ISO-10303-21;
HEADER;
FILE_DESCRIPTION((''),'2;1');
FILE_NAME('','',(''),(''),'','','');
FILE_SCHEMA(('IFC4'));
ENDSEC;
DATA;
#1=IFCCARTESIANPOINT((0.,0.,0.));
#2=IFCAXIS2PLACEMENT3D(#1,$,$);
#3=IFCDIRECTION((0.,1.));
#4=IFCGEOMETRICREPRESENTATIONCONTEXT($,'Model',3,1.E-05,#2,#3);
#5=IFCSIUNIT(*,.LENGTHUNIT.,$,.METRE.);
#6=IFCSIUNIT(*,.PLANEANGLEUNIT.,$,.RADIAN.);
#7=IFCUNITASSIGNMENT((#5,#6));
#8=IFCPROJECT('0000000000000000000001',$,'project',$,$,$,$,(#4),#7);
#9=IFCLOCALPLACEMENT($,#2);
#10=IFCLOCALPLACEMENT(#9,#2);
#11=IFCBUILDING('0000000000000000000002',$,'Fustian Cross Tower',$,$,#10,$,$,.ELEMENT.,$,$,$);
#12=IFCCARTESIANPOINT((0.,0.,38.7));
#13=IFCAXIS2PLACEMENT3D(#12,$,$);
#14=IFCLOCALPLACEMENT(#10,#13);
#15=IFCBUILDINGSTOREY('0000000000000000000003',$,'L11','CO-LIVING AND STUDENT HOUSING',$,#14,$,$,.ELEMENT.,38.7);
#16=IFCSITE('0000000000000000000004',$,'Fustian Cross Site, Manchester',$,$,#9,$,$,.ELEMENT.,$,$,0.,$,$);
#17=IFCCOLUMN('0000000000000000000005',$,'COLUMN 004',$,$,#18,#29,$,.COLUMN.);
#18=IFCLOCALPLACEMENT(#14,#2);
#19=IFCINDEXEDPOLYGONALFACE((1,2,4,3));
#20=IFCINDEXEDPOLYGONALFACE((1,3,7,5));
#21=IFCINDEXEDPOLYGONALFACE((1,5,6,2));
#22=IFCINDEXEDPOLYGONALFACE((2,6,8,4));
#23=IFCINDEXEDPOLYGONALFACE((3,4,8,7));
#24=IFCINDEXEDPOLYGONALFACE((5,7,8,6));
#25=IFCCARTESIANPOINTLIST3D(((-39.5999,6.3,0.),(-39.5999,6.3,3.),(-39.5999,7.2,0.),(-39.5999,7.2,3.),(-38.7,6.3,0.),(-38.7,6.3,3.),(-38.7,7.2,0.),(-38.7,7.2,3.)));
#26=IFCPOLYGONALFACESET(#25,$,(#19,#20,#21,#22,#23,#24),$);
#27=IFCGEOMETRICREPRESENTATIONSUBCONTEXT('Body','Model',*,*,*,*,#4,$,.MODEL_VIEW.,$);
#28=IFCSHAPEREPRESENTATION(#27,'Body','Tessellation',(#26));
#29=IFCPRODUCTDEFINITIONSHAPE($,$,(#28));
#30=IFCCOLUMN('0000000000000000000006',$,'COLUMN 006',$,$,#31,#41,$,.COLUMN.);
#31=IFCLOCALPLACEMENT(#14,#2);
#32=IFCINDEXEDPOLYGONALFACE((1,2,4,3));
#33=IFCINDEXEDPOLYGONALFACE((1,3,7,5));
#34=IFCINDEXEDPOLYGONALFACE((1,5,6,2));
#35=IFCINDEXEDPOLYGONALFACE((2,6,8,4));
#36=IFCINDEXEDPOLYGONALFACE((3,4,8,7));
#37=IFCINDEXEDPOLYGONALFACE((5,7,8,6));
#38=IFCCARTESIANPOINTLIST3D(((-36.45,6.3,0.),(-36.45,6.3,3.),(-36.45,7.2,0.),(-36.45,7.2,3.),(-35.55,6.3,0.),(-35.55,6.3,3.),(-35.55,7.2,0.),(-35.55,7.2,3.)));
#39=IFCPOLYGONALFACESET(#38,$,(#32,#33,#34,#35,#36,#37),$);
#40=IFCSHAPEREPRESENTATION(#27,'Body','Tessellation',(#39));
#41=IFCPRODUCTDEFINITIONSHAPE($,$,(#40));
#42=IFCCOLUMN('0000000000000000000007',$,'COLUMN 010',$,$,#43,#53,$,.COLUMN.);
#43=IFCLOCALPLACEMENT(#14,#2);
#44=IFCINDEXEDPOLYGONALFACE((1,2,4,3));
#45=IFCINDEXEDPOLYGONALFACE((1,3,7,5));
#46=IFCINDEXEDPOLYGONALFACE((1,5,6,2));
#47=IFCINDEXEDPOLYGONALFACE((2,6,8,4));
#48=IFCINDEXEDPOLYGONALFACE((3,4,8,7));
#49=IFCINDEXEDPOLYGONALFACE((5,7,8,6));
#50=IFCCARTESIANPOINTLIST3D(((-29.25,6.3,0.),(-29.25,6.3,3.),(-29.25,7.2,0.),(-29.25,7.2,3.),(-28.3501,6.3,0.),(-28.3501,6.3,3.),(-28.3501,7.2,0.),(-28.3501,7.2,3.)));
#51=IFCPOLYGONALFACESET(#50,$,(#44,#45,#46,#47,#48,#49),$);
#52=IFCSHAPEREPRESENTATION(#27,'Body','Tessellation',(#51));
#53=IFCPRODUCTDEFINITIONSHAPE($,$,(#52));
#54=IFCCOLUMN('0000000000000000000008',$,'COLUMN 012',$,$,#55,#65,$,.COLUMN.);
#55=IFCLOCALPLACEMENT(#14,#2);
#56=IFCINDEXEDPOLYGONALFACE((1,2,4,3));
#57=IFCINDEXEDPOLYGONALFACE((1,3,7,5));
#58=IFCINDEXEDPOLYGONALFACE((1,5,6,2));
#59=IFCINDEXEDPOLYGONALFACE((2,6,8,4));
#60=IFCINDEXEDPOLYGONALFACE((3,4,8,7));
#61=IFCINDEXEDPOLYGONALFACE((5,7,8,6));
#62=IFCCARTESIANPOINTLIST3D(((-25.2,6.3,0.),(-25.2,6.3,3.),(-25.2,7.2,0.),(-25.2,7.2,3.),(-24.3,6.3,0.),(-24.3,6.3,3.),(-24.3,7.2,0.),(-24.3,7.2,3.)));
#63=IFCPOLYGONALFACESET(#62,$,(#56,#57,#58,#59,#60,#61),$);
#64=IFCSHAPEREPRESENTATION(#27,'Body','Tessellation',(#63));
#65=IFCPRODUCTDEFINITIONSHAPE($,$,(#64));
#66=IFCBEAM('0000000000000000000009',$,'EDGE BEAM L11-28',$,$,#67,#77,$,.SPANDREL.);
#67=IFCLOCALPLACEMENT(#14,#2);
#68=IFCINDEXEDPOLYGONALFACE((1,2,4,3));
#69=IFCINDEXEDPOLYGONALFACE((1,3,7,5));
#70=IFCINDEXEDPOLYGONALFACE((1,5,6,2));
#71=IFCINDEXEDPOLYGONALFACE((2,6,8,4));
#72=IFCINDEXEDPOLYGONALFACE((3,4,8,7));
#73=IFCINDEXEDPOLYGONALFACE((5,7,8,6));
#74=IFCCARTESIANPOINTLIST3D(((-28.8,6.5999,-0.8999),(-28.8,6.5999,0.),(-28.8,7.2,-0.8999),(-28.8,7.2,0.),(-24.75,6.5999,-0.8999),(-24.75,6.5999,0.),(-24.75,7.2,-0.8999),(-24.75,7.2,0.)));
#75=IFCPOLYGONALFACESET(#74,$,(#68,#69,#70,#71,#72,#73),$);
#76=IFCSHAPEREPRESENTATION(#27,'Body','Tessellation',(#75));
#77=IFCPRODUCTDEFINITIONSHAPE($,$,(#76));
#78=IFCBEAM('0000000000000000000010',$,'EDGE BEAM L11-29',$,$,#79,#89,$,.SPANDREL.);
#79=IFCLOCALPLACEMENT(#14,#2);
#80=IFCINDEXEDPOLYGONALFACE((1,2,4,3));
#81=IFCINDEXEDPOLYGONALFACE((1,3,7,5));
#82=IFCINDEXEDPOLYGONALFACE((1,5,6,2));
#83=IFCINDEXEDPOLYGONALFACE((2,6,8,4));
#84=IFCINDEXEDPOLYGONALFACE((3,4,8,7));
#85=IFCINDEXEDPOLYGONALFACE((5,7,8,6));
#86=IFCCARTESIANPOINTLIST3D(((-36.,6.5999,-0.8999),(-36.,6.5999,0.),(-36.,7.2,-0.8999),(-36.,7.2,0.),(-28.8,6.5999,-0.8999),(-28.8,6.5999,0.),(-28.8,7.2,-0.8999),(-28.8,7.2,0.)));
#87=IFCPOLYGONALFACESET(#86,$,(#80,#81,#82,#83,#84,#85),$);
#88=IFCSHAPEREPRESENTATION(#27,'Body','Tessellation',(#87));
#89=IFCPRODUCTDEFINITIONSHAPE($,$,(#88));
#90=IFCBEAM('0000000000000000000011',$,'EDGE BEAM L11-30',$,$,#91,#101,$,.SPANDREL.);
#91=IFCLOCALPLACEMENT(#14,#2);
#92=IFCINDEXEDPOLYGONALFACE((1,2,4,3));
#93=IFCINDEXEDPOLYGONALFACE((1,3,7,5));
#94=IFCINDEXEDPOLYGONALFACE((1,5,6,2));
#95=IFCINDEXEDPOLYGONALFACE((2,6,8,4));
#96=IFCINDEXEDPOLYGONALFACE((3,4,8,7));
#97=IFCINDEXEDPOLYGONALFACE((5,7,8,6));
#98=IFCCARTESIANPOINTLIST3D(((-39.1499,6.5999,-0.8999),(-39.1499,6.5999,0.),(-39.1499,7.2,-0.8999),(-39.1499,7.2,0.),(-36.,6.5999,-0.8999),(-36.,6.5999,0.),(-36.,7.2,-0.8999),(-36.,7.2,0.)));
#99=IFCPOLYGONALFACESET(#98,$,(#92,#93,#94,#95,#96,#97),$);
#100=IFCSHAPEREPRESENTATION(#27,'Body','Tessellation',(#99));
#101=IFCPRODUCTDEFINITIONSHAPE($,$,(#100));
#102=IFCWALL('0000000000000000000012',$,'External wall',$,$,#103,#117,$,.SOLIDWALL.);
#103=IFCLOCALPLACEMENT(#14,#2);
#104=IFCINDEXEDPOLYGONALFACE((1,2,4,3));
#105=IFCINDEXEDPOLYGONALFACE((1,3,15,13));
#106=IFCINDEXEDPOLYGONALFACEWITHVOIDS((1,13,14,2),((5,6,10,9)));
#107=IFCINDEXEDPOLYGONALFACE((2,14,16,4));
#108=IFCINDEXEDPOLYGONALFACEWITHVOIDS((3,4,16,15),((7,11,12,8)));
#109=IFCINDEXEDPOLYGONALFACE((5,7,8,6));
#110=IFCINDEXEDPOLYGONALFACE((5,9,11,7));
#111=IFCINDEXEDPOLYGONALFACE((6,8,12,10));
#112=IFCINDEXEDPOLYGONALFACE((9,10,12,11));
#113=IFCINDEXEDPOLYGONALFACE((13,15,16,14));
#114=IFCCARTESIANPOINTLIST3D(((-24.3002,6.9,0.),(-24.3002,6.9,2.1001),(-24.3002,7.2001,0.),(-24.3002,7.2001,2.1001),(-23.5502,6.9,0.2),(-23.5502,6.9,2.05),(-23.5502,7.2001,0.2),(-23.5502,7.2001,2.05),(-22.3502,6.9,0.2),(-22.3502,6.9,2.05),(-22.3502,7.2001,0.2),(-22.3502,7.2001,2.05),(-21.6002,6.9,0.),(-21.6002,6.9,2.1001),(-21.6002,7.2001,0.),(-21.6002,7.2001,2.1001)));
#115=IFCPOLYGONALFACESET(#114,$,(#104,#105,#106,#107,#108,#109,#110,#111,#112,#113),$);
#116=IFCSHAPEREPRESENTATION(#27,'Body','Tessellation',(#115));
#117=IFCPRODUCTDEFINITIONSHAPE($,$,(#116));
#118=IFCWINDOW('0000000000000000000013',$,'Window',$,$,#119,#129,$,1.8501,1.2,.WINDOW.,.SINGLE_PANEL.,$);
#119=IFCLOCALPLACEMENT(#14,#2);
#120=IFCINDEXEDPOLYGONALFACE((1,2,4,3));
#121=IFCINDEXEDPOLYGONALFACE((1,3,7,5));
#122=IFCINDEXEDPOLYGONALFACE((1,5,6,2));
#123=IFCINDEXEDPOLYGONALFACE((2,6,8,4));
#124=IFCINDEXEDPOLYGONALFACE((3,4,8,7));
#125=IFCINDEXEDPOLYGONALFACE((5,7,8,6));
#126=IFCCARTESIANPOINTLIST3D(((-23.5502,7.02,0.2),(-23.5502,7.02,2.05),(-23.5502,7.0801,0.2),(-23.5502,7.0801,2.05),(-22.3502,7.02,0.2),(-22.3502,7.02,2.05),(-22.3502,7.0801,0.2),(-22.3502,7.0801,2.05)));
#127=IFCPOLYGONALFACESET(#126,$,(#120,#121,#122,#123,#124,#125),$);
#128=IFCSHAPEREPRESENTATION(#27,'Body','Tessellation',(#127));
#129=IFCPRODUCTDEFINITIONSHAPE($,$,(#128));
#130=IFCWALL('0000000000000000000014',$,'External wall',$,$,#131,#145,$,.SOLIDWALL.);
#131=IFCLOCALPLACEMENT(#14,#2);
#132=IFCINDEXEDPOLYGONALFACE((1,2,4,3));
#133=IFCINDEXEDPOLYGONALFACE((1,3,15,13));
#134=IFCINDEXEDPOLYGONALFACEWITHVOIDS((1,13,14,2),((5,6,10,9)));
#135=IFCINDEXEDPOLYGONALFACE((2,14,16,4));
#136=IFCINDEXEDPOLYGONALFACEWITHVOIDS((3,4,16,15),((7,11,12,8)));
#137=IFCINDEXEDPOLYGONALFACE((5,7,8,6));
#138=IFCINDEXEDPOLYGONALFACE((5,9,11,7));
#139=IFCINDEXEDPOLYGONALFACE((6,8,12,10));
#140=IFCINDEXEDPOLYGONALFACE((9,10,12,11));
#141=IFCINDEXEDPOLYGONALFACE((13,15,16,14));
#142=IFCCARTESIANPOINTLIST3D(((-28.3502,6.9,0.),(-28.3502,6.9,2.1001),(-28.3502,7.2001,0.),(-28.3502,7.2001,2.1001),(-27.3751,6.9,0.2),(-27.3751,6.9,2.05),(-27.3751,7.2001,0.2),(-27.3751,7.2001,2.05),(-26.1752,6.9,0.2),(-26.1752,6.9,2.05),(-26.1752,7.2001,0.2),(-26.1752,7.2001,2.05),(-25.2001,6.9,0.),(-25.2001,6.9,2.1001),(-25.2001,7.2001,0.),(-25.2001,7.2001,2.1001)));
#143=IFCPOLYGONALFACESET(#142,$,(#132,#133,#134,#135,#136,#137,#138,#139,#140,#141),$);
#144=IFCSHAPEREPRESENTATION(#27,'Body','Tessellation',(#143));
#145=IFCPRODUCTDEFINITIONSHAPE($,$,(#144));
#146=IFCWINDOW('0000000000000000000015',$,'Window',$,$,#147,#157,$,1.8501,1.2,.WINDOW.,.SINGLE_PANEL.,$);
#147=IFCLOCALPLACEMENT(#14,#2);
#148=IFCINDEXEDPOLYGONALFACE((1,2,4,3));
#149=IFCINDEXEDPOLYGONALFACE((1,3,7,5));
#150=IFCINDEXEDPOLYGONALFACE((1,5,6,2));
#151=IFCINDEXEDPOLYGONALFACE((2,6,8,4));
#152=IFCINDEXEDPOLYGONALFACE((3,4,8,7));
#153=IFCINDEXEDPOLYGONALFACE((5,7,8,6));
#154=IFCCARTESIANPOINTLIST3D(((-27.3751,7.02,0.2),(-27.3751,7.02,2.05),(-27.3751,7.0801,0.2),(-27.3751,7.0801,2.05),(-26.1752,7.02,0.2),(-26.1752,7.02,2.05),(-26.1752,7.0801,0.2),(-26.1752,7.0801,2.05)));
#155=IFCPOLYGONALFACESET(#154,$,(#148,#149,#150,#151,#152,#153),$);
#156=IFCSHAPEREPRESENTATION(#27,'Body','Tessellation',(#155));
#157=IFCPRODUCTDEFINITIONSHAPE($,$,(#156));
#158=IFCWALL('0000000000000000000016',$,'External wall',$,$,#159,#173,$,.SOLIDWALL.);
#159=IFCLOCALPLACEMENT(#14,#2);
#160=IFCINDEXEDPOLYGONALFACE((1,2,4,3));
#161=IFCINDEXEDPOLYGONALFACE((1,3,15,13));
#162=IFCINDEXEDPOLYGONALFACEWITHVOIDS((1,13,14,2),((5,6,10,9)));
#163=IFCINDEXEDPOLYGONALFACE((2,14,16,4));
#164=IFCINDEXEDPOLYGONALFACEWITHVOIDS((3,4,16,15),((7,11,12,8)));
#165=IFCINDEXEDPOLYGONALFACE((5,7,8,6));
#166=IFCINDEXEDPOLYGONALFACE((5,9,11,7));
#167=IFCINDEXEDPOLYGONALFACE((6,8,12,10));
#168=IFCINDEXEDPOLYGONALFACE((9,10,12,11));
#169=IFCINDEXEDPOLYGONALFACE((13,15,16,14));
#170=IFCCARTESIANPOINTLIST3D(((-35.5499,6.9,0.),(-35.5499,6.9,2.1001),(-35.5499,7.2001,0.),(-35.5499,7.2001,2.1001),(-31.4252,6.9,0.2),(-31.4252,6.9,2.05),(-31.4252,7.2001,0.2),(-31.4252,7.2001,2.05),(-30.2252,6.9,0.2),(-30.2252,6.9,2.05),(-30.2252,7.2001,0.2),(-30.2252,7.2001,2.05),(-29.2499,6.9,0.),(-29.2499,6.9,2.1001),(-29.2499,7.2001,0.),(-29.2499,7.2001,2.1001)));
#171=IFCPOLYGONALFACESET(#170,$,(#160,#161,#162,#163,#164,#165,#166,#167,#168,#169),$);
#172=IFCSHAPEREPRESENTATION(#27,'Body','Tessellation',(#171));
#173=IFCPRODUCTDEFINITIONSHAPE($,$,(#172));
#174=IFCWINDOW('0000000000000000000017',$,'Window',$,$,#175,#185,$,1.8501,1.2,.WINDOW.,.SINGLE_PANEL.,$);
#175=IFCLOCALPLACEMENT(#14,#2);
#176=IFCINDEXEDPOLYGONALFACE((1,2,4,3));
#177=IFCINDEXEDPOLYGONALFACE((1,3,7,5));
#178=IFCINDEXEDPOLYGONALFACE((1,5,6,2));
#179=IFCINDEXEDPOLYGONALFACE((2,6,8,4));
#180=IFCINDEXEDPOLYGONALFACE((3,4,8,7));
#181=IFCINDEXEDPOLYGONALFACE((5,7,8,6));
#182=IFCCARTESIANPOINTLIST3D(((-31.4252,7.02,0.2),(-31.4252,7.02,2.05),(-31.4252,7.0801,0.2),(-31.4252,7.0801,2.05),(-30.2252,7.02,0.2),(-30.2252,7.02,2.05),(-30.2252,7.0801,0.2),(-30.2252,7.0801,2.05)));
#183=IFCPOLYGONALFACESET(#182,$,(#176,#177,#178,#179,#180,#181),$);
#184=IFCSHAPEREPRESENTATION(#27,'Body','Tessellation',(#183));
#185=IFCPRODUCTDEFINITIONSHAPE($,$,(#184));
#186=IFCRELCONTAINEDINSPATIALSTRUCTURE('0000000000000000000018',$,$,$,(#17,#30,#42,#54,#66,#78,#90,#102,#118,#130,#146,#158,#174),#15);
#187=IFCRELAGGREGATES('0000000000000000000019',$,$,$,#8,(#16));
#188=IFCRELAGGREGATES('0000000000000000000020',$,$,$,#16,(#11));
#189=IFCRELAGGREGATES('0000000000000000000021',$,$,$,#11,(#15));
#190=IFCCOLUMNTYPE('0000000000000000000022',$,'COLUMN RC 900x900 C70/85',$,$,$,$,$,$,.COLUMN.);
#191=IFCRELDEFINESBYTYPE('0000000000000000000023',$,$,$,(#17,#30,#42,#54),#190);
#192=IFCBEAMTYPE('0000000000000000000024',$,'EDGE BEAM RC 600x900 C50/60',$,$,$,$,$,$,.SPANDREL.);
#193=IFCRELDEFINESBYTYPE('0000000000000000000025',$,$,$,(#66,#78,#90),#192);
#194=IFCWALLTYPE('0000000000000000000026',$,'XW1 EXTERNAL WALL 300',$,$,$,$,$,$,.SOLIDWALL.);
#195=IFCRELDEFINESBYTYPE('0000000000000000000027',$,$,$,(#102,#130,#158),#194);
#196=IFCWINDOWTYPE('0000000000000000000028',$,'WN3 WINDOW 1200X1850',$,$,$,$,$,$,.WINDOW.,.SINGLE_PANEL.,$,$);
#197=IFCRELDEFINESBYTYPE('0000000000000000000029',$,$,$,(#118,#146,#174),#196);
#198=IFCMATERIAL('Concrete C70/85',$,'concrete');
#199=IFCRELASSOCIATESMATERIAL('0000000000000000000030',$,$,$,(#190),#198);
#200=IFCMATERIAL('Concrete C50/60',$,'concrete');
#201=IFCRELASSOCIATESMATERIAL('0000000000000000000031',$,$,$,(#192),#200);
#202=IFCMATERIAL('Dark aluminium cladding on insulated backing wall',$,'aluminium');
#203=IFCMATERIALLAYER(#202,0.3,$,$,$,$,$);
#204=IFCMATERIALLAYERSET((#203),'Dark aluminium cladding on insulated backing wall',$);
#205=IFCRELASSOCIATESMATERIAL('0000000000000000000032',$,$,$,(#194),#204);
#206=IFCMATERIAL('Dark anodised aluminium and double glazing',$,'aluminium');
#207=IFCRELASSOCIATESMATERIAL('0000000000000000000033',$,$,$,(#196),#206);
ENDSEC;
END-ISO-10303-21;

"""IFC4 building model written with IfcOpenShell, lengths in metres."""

from ifc_helpers import new_model, si_unit, direction, frame, frame_2d, origin, origin_2d, place, context, subcontext, project, spatial, rectangle, extrude, material, layer, layer_set, material_profile, profile_set, type_object, element, fill, save


model = new_model("IFC4")

# Units and contexts
model_context = context("Model", 3, precision=1e-05, world=origin(), true_north=direction((0.0, 1.0)))
body_context = subcontext(model_context, "Body", "Model", "MODEL_VIEW")
ifc_project = project(units=[si_unit("LENGTHUNIT", "METRE"), si_unit("PLANEANGLEUNIT", "RADIAN")], contexts=[model_context])

# Site, building, storey
site_placement = place(None, origin())
site = spatial("IfcSite", under=ifc_project, at=site_placement, Name="Fustian Cross Site, Manchester", CompositionType="ELEMENT", RefElevation=0.0)
building_placement = place(site_placement, origin())
building = spatial("IfcBuilding", under=site, at=building_placement, Name="Fustian Cross Tower", CompositionType="ELEMENT")
storey_placement = place(building_placement, frame((0.0, 0.0, 38.7)))
storey = spatial("IfcBuildingStorey", under=building, at=storey_placement, Name="L11", Description="CO-LIVING AND STUDENT HOUSING", CompositionType="ELEMENT", Elevation=38.7)

# Columns
ifc_material_1 = material(Name="Concrete C70/85", Category="concrete")
ifc_material_profile_1 = material_profile(ifc_material_1, rectangle(XDim=0.8999, YDim=0.8999, at=origin_2d()), Name="RC 900x900")
ifc_profile_set_1 = profile_set([ifc_material_profile_1], Name="Concrete C70/85")
column_type = type_object("IfcColumnType", Name="COLUMN RC 900x900 C70/85", PredefinedType="COLUMN", material=ifc_profile_set_1)
for number, where, z_axis, x_axis, name in (
    (1, (-39.1499, 6.75, 0.0), (0.0, 0.0, 1.0), (1.0, 0.0, 0.0), "COLUMN 004"),
    (2, (-36.0, 6.75, 0.0), (0.0, 0.0, 1.0), (1.0, 0.0, 0.0), "COLUMN 006"),
    (3, (-28.8, 6.75, 0.0), (0.0, 0.0, 1.0), (1.0, 0.0, 0.0), "COLUMN 010"),
    (4, (-24.75, 6.75, 0.0), (0.0, 0.0, 1.0), (1.0, 0.0, 0.0), "COLUMN 012"),
):
    element("IfcColumn", number, at=place(storey_placement, frame(where, z_axis=z_axis, x_axis=x_axis)), inside=storey, type_object=column_type, Name=name, PredefinedType="COLUMN", context=body_context, shape_type="SweptSolid", body=[
        extrude(rectangle(XDim=0.8999, YDim=0.8999, at=origin_2d()), origin(), (0.0, 0.0, 1.0), 3.0),
    ])

# Beams
ifc_material_2 = material(Name="Concrete C50/60", Category="concrete")
ifc_material_profile_2 = material_profile(ifc_material_2, rectangle(XDim=0.6001, YDim=0.8999, at=origin_2d()), Name="RC 600x900")
ifc_profile_set_2 = profile_set([ifc_material_profile_2], Name="Concrete C50/60")
beam_type = type_object("IfcBeamType", Name="EDGE BEAM RC 600x900 C50/60", PredefinedType="SPANDREL", material=ifc_profile_set_2)
beam_1_placement = place(storey_placement, frame((-24.75, 6.8999, -0.45), z_axis=(-1.0, 0.0, 0.0), x_axis=(0.0, -1.0, 0.0)))
element("IfcBeam", 5, at=beam_1_placement, inside=storey, type_object=beam_type, Name="EDGE BEAM L11-28", PredefinedType="SPANDREL", context=body_context, shape_type="SweptSolid", body=[
    extrude(rectangle(XDim=0.6001, YDim=0.8999, at=origin_2d()), origin(), (0.0, 0.0, 1.0), 4.05),
])
beam_2_placement = place(storey_placement, frame((-28.8, 6.8999, -0.45), z_axis=(-1.0, 0.0, 0.0), x_axis=(0.0, -1.0, 0.0)))
element("IfcBeam", 6, at=beam_2_placement, inside=storey, type_object=beam_type, Name="EDGE BEAM L11-29", PredefinedType="SPANDREL", context=body_context, shape_type="SweptSolid", body=[
    extrude(rectangle(XDim=0.6001, YDim=0.8999, at=origin_2d()), origin(), (0.0, 0.0, 1.0), 7.2),
])
beam_3_placement = place(storey_placement, frame((-36.0, 6.8999, -0.45), z_axis=(-1.0, 0.0, 0.0), x_axis=(0.0, -1.0, 0.0)))
element("IfcBeam", 7, at=beam_3_placement, inside=storey, type_object=beam_type, Name="EDGE BEAM L11-30", PredefinedType="SPANDREL", context=body_context, shape_type="SweptSolid", body=[
    extrude(rectangle(XDim=0.6001, YDim=0.8999, at=origin_2d()), origin(), (0.0, 0.0, 1.0), 3.1499),
])

# Walls, openings, windows
ifc_material_3 = material(Name="Dark aluminium cladding on insulated backing wall", Category="aluminium")
ifc_layer = layer(ifc_material_3, 0.3)
ifc_layer_set = layer_set([ifc_layer], Name="Dark aluminium cladding on insulated backing wall")
wall_type = type_object("IfcWallType", Name="XW1 EXTERNAL WALL 300", PredefinedType="SOLIDWALL", material=ifc_layer_set)
wall_1_placement = place(storey_placement, frame((-21.6001, 7.05, 0.0), z_axis=(0.0, 0.0, 1.0), x_axis=(-1.0, 0.0, 0.0)))
wall_1 = element("IfcWall", 8, at=wall_1_placement, inside=storey, type_object=wall_type, Name="External wall", PredefinedType="SOLIDWALL", context=body_context, shape_type="SweptSolid", body=[
    extrude(rectangle(XDim=2.7, YDim=0.3, at=frame_2d((1.3501, 0.0))), origin(), (0.0, 0.0, 1.0), 2.1001),
])
opening_1_placement = place(wall_1_placement, frame((0.75, 0.0, 0.2)))
opening_1 = element("IfcOpeningElement", 9, at=opening_1_placement, cuts=wall_1, PredefinedType="OPENING", context=body_context, shape_type="SweptSolid", body=[
    extrude(rectangle(XDim=1.2, YDim=1.8501, at=frame_2d((0.6001, 0.925))), frame((0.0, 0.1599, 0.0), z_axis=(0.0, -1.0, 0.0), x_axis=(1.0, 0.0, 0.0)), (0.0, 0.0, 1.0), 0.3201),
])
ifc_material_4 = material(Name="Dark anodised aluminium and double glazing", Category="aluminium")
window_type = type_object("IfcWindowType", Name="WN3 WINDOW 1200X1850", PartitioningType="SINGLE_PANEL", PredefinedType="WINDOW", material=ifc_material_4)
window_1_placement = place(opening_1_placement, origin())
window_1 = element("IfcWindow", 10, at=window_1_placement, inside=storey, type_object=window_type, Name="Window", OverallHeight=1.8501, OverallWidth=1.2, PartitioningType="SINGLE_PANEL", PredefinedType="WINDOW", context=body_context, shape_type="SweptSolid", body=[
    extrude(rectangle(XDim=1.2, YDim=1.8501, at=frame_2d((0.6001, 0.925))), frame((0.0, 0.03, 0.0), z_axis=(0.0, -1.0, 0.0), x_axis=(1.0, 0.0, 0.0)), (0.0, 0.0, 1.0), 0.0601),
])
fill(opening_1, window_1)
wall_2_placement = place(storey_placement, frame((-25.2, 7.05, 0.0), z_axis=(0.0, 0.0, 1.0), x_axis=(-1.0, 0.0, 0.0)))
wall_2 = element("IfcWall", 11, at=wall_2_placement, inside=storey, type_object=wall_type, Name="External wall", PredefinedType="SOLIDWALL", context=body_context, shape_type="SweptSolid", body=[
    extrude(rectangle(XDim=3.1501, YDim=0.3, at=frame_2d((1.5752, 0.0))), origin(), (0.0, 0.0, 1.0), 2.1001),
])
opening_2_placement = place(wall_2_placement, frame((0.9751, 0.0, 0.2)))
opening_2 = element("IfcOpeningElement", 12, at=opening_2_placement, cuts=wall_2, PredefinedType="OPENING", context=body_context, shape_type="SweptSolid", body=[
    extrude(rectangle(XDim=1.2, YDim=1.8501, at=frame_2d((0.6001, 0.925))), frame((0.0, 0.1599, 0.0), z_axis=(0.0, -1.0, 0.0), x_axis=(1.0, 0.0, 0.0)), (0.0, 0.0, 1.0), 0.3201),
])
window_2_placement = place(opening_2_placement, origin())
window_2 = element("IfcWindow", 13, at=window_2_placement, inside=storey, type_object=window_type, Name="Window", OverallHeight=1.8501, OverallWidth=1.2, PartitioningType="SINGLE_PANEL", PredefinedType="WINDOW", context=body_context, shape_type="SweptSolid", body=[
    extrude(rectangle(XDim=1.2, YDim=1.8501, at=frame_2d((0.6001, 0.925))), frame((0.0, 0.03, 0.0), z_axis=(0.0, -1.0, 0.0), x_axis=(1.0, 0.0, 0.0)), (0.0, 0.0, 1.0), 0.0601),
])
fill(opening_2, window_2)
wall_3_placement = place(storey_placement, frame((-29.25, 7.05, 0.0), z_axis=(0.0, 0.0, 1.0), x_axis=(-1.0, 0.0, 0.0)))
wall_3 = element("IfcWall", 14, at=wall_3_placement, inside=storey, type_object=wall_type, Name="External wall", PredefinedType="SOLIDWALL", context=body_context, shape_type="SweptSolid", body=[
    extrude(rectangle(XDim=6.3, YDim=0.3, at=frame_2d((3.1499, 0.0))), origin(), (0.0, 0.0, 1.0), 2.1001),
])
opening_3_placement = place(wall_3_placement, frame((0.9751, 0.0, 0.2)))
opening_3 = element("IfcOpeningElement", 15, at=opening_3_placement, cuts=wall_3, PredefinedType="OPENING", context=body_context, shape_type="SweptSolid", body=[
    extrude(rectangle(XDim=1.2, YDim=1.8501, at=frame_2d((0.6001, 0.925))), frame((0.0, 0.1599, 0.0), z_axis=(0.0, -1.0, 0.0), x_axis=(1.0, 0.0, 0.0)), (0.0, 0.0, 1.0), 0.3201),
])
window_3_placement = place(opening_3_placement, origin())
window_3 = element("IfcWindow", 16, at=window_3_placement, inside=storey, type_object=window_type, Name="Window", OverallHeight=1.8501, OverallWidth=1.2, PartitioningType="SINGLE_PANEL", PredefinedType="WINDOW", context=body_context, shape_type="SweptSolid", body=[
    extrude(rectangle(XDim=1.2, YDim=1.8501, at=frame_2d((0.6001, 0.925))), frame((0.0, 0.03, 0.0), z_axis=(0.0, -1.0, 0.0), x_axis=(1.0, 0.0, 0.0)), (0.0, 0.0, 1.0), 0.0601),
])
fill(opening_3, window_3)

save(model, "model.ifc")
